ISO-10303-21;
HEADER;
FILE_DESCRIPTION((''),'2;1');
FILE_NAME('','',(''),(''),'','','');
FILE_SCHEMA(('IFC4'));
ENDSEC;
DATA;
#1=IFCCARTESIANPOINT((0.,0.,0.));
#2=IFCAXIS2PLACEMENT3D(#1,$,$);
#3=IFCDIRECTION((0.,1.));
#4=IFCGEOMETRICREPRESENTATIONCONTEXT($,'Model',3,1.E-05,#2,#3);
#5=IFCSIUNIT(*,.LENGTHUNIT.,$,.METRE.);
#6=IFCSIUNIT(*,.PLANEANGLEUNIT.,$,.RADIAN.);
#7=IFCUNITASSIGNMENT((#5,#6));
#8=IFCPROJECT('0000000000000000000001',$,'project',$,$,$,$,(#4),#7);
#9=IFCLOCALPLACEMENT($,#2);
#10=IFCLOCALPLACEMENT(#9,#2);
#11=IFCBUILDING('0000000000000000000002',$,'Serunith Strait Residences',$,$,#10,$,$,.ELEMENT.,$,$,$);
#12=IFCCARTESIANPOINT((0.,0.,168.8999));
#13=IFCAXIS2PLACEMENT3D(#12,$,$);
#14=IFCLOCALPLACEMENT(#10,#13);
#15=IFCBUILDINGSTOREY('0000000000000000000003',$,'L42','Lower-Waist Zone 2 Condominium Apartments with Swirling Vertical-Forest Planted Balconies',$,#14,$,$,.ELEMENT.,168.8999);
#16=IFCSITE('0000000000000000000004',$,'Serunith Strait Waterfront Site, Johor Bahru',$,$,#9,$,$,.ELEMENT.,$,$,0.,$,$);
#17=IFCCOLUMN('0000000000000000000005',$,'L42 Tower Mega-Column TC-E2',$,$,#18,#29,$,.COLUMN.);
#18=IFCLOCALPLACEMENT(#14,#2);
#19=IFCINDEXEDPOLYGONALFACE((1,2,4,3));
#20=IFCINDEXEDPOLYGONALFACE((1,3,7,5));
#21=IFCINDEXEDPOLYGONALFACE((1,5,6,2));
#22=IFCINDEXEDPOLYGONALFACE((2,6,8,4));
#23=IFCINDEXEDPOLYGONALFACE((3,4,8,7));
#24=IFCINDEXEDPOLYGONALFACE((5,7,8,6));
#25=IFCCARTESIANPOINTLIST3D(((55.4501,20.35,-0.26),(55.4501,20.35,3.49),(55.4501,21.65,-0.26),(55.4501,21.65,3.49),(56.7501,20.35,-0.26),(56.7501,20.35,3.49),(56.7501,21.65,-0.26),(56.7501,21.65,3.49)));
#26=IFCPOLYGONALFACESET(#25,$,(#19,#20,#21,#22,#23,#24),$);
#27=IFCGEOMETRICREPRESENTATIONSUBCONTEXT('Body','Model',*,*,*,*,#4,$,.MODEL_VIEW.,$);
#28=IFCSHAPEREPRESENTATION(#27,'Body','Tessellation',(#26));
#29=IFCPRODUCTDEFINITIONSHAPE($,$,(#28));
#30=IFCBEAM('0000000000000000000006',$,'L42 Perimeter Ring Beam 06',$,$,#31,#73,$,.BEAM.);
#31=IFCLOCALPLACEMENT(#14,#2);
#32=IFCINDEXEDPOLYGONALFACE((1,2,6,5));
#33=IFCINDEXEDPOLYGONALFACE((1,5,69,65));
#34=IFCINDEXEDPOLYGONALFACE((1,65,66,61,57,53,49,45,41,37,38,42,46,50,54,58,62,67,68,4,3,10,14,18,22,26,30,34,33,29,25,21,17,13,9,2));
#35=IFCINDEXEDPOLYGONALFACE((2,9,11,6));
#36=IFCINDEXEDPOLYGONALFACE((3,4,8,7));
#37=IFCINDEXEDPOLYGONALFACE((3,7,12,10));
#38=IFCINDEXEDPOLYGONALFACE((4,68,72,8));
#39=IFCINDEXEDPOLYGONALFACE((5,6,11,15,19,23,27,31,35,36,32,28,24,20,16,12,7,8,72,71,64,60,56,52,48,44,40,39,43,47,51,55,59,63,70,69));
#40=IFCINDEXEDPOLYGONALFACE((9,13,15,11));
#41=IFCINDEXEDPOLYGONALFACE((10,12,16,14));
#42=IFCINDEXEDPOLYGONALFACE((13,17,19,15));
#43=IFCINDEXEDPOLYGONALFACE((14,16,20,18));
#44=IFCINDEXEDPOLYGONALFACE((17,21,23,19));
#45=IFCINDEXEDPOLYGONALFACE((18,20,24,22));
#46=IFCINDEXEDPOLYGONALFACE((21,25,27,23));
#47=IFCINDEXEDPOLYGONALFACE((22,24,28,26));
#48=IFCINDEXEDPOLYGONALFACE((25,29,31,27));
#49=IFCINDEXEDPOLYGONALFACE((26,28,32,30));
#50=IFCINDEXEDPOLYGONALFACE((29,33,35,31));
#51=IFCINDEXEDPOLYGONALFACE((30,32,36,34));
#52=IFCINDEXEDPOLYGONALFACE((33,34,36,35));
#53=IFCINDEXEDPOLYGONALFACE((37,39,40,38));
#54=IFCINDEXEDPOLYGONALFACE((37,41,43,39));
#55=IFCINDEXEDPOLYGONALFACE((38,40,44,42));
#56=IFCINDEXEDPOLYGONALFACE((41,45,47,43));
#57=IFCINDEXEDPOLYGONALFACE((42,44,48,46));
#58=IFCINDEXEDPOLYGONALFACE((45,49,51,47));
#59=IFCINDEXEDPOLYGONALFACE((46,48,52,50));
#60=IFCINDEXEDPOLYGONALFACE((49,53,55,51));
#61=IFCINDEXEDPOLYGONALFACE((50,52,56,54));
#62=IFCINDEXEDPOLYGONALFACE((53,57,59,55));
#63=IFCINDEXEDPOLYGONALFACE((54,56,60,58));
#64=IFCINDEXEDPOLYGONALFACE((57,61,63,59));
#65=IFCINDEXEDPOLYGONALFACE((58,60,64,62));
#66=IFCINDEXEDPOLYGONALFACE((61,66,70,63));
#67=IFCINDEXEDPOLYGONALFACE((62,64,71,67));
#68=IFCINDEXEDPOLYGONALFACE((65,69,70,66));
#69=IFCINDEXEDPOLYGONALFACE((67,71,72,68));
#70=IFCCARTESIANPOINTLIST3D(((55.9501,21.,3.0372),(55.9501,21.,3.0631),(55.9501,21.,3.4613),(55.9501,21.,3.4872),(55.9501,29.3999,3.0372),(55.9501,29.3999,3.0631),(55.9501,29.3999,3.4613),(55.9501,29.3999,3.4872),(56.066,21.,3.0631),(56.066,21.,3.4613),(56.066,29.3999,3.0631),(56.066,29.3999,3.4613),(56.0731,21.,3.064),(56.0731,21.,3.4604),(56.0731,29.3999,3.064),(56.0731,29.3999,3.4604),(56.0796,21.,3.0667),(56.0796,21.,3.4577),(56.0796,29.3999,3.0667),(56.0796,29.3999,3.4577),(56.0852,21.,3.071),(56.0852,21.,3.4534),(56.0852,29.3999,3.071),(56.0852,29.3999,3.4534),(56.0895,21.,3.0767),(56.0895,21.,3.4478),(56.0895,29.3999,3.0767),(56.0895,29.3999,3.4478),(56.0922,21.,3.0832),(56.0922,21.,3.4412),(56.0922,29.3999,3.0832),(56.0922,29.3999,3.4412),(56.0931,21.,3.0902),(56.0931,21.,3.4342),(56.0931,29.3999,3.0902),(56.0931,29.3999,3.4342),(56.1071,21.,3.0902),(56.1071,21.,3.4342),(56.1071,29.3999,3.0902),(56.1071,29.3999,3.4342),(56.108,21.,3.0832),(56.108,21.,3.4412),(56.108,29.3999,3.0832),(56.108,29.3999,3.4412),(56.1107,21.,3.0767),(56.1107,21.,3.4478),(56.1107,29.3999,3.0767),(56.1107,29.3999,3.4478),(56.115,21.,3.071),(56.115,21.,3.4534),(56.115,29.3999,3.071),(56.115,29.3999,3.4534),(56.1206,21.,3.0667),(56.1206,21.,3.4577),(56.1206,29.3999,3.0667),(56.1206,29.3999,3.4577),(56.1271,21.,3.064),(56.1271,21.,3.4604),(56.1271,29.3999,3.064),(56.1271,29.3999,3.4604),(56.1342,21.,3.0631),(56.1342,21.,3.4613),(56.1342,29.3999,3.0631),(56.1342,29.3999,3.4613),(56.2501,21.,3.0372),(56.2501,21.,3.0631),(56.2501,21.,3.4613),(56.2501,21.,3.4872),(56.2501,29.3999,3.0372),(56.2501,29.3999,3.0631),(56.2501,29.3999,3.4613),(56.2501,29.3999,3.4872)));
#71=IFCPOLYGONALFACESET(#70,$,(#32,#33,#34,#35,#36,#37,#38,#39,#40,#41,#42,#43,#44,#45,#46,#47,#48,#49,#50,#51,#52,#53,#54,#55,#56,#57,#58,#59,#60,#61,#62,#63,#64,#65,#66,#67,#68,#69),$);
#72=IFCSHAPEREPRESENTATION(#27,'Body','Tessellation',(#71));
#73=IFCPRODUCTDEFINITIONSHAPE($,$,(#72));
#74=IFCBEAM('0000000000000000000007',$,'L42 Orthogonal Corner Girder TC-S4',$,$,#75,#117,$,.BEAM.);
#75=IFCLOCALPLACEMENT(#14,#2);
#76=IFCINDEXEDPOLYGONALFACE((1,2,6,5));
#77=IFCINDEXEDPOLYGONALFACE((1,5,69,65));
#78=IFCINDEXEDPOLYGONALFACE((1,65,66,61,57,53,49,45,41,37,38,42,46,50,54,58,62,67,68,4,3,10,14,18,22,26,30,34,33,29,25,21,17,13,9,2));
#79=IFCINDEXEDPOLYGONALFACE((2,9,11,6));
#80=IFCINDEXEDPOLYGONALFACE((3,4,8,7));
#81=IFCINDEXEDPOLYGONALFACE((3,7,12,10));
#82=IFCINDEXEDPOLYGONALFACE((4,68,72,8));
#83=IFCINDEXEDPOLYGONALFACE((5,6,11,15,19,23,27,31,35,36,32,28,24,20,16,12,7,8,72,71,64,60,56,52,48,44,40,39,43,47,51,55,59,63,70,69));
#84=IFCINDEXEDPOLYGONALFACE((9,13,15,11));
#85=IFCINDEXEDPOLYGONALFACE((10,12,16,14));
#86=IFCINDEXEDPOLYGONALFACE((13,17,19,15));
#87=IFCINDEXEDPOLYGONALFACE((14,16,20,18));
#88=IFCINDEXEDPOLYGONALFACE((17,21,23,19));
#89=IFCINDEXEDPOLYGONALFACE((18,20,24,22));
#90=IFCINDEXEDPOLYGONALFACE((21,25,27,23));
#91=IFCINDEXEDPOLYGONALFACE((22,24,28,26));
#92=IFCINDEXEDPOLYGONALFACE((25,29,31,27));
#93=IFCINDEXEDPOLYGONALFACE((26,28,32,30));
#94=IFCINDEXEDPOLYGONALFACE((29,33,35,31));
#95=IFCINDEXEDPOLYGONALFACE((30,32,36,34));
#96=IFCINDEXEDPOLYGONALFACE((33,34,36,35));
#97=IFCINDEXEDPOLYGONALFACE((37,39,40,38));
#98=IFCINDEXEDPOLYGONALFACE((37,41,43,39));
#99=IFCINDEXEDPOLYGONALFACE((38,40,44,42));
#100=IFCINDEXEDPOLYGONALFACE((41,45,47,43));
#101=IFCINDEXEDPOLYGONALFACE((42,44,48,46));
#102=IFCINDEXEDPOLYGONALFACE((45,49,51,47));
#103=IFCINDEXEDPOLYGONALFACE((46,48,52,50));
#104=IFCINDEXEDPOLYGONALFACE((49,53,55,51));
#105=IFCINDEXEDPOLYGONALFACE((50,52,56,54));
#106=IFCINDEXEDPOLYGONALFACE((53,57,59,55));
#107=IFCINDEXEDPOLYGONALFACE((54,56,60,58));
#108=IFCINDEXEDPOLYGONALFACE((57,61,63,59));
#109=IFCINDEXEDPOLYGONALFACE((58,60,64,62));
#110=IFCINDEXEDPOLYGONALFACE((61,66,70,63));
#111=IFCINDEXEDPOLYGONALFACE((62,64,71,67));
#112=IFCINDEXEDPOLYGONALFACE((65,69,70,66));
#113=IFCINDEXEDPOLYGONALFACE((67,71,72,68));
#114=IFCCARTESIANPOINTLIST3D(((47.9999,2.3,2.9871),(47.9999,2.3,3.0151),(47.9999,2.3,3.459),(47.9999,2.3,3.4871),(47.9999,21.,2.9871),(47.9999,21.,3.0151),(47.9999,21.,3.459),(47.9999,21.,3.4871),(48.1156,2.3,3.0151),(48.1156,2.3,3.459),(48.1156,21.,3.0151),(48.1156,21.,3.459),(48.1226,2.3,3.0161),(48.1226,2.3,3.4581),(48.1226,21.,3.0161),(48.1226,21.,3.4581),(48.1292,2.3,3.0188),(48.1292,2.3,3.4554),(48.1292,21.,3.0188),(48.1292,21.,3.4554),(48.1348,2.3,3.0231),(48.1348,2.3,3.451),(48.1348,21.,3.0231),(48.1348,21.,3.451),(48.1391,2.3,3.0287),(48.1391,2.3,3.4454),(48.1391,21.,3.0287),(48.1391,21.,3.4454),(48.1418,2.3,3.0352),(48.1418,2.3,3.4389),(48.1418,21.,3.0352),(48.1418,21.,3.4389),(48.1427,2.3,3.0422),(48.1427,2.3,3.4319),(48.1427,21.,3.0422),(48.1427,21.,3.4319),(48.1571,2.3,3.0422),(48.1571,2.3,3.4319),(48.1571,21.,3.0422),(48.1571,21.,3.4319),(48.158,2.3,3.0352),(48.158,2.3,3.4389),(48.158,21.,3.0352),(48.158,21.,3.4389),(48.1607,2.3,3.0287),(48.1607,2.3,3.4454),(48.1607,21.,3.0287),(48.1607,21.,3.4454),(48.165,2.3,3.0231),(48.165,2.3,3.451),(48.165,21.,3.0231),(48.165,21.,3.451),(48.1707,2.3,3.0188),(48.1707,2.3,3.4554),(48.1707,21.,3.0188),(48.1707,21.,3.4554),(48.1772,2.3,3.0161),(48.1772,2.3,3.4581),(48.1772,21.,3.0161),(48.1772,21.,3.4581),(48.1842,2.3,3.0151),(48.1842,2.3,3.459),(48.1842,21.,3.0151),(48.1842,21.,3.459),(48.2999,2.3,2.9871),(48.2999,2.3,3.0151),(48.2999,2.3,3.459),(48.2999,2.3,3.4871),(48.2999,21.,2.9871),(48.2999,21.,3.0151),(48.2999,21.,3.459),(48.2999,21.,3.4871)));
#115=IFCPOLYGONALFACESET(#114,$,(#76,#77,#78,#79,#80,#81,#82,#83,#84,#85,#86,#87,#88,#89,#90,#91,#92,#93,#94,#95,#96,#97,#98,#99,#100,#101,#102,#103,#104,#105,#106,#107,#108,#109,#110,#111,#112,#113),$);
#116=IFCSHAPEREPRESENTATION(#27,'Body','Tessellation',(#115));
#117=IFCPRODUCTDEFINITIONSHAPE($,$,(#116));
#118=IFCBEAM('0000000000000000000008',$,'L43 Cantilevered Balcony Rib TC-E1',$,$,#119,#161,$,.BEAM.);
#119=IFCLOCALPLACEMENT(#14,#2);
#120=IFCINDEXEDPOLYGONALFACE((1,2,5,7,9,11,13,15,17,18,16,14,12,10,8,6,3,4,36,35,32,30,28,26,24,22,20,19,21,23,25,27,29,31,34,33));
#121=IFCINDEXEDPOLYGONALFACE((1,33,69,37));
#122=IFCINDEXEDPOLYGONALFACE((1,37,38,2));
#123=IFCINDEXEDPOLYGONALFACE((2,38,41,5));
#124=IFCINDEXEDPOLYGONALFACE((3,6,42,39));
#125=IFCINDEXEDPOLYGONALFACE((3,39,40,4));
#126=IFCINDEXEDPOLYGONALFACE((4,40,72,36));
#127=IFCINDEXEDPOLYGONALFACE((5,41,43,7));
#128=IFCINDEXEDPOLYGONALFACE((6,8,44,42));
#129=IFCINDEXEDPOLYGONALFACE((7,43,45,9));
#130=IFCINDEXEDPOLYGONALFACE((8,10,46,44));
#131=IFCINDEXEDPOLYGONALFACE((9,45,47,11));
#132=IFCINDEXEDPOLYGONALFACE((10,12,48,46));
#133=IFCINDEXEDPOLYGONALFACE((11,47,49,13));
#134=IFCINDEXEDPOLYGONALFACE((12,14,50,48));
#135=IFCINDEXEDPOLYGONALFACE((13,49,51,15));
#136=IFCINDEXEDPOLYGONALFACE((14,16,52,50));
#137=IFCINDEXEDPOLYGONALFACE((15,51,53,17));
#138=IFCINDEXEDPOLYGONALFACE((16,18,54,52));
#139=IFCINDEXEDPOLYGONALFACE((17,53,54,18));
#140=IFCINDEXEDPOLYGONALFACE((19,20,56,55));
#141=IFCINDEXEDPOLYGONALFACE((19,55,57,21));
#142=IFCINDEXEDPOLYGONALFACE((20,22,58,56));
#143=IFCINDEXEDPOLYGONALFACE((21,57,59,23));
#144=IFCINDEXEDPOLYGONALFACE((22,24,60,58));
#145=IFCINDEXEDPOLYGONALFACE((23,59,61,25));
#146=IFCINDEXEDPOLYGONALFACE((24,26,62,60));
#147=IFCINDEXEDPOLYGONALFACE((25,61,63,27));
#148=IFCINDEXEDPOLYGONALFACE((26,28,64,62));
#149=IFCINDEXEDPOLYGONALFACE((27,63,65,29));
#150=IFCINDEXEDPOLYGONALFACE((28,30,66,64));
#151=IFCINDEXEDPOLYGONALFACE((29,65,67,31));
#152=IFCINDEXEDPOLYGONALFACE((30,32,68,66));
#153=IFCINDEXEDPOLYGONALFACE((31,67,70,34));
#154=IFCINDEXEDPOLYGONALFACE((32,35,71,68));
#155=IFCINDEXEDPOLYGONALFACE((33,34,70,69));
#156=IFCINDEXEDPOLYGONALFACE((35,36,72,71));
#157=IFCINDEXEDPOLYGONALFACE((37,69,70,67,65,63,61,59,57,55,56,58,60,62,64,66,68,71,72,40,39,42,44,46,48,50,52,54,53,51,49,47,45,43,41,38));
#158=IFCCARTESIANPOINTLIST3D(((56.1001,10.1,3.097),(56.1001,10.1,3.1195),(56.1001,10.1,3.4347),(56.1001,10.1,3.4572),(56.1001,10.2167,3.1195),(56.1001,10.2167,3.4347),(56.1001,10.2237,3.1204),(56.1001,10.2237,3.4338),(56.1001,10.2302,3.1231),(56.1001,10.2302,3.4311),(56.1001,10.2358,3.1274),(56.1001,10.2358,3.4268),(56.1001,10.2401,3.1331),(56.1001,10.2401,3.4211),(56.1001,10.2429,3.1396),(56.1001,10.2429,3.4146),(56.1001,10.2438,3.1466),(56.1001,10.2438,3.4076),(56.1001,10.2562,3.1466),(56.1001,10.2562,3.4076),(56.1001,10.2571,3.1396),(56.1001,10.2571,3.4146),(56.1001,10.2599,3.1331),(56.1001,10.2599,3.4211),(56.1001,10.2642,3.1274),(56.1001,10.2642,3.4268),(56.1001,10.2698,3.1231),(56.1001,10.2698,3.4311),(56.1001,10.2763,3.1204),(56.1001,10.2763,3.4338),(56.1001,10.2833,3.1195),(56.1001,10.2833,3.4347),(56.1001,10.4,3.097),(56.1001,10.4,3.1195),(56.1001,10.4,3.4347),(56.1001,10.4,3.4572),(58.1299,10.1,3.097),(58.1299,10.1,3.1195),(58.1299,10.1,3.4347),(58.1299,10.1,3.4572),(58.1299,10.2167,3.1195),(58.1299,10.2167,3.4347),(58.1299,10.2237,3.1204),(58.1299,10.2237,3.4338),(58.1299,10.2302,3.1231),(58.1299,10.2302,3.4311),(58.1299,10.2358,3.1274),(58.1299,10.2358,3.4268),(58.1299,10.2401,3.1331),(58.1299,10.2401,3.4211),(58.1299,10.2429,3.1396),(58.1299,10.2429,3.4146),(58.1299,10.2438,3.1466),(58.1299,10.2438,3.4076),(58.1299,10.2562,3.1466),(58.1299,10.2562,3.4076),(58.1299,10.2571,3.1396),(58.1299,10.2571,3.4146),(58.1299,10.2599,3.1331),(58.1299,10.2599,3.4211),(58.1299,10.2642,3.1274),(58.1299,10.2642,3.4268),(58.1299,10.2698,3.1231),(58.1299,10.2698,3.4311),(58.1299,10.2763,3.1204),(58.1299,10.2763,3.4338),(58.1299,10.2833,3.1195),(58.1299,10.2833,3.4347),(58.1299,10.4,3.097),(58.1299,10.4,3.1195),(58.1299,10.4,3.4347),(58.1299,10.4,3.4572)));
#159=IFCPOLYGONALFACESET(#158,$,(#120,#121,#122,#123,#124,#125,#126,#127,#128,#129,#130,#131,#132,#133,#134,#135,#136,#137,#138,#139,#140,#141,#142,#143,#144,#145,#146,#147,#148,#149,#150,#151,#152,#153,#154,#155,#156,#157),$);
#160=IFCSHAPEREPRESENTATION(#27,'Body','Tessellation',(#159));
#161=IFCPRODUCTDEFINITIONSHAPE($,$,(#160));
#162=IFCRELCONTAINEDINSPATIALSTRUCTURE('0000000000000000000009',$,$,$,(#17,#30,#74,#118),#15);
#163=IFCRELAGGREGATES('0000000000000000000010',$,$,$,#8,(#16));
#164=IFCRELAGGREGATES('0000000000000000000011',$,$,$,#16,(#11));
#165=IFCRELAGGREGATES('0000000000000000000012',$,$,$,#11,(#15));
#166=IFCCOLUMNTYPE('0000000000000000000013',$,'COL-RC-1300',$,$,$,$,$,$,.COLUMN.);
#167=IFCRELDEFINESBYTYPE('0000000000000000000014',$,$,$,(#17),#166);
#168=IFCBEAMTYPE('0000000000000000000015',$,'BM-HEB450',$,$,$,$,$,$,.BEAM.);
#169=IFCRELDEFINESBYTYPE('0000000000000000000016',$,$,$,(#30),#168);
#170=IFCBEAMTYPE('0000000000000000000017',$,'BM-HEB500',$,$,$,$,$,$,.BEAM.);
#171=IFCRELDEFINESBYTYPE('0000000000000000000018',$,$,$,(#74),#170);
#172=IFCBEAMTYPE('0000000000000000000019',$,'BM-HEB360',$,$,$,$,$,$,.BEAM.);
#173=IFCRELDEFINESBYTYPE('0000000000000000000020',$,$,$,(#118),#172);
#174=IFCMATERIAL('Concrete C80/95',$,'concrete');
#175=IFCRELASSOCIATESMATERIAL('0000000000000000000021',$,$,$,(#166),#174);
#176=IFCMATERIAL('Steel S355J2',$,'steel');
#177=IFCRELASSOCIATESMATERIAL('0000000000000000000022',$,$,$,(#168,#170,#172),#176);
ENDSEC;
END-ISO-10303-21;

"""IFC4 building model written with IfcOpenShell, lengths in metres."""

from ifc_helpers import new_model, si_unit, direction, frame, origin, origin_2d, place, context, subcontext, project, spatial, rectangle, i_section, extrude, source, transform, mapped, material, material_profile, profile_set, type_object, element, save


model = new_model("IFC4")

# Units and contexts
model_context = context("Model", 3, precision=1e-05, world=origin(), true_north=direction((0.0, 1.0)))
body_context = subcontext(model_context, "Body", "Model", "MODEL_VIEW")
ifc_project = project(units=[si_unit("LENGTHUNIT", "METRE"), si_unit("PLANEANGLEUNIT", "RADIAN")], contexts=[model_context])

# Site, building, storey
site_placement = place(None, origin())
site = spatial("IfcSite", under=ifc_project, at=site_placement, Name="Serunith Strait Waterfront Site, Johor Bahru", CompositionType="ELEMENT", RefElevation=0.0)
building_placement = place(site_placement, origin())
building = spatial("IfcBuilding", under=site, at=building_placement, Name="Serunith Strait Residences", CompositionType="ELEMENT")
storey_placement = place(building_placement, frame((0.0, 0.0, 168.8999)))
storey = spatial("IfcBuildingStorey", under=building, at=storey_placement, Name="L42", Description="Lower-Waist Zone 2 Condominium Apartments with Swirling Vertical-Forest Planted Balconies", CompositionType="ELEMENT", Elevation=168.8999)

# Column
ifc_material_1 = material(Name="Concrete C80/95", Category="concrete")
ifc_material_profile_1 = material_profile(ifc_material_1, rectangle(XDim=1.3, YDim=1.3, at=origin_2d()), Name="RC 1300x1300")
ifc_profile_set_1 = profile_set([ifc_material_profile_1], Name="Concrete C80/95")
column_type = type_object("IfcColumnType", Name="COL-RC-1300", PredefinedType="COLUMN", material=ifc_profile_set_1)
shared_shape_1 = source(origin(), body_context, "Body", "SweptSolid", [
    extrude(rectangle(XDim=1.3, YDim=1.3, at=origin_2d()), origin(), (0.0, 0.0, 1.0), 3.75),
])
column_placement = place(storey_placement, frame((56.1001, 21.0, -0.26), z_axis=(0.0, 0.0, 1.0), x_axis=(1.0, 0.0, 0.0)))
element("IfcColumn", 1, at=column_placement, inside=storey, type_object=column_type, Name="L42 Tower Mega-Column TC-E2", PredefinedType="COLUMN", context=body_context, shape_type="MappedRepresentation", body=[
    mapped(shared_shape_1, transform((0.0, 0.0, 0.0), scale=1.0)),
])

# Beams
ifc_material_2 = material(Name="Steel S355J2", Category="steel")
ifc_material_profile_2 = material_profile(ifc_material_2, i_section(OverallWidth=0.3, OverallDepth=0.45, WebThickness=0.0139, FlangeThickness=0.0259, FilletRadius=0.0271, at=origin_2d()), Name="HEB 450")
ifc_profile_set_2 = profile_set([ifc_material_profile_2], Name="Steel S355J2")
beam_type_1 = type_object("IfcBeamType", Name="BM-HEB450", PredefinedType="BEAM", material=ifc_profile_set_2)
shared_shape_2 = source(origin(), body_context, "Body", "SweptSolid", [
    extrude(i_section(OverallWidth=0.3, OverallDepth=0.45, WebThickness=0.0139, FlangeThickness=0.0259, FilletRadius=0.0271, at=origin_2d()), origin(), (0.0, 0.0, 1.0), 8.3999),
])
beam_1_placement = place(storey_placement, frame((56.1001, 21.0, 3.2622), z_axis=(0.0, 1.0, 0.0), x_axis=(-1.0, 0.0, 0.0)))
element("IfcBeam", 2, at=beam_1_placement, inside=storey, type_object=beam_type_1, Name="L42 Perimeter Ring Beam 06", PredefinedType="BEAM", context=body_context, shape_type="MappedRepresentation", body=[
    mapped(shared_shape_2, transform((0.0, 0.0, 0.0), scale=1.0)),
])
ifc_material_profile_3 = material_profile(ifc_material_2, i_section(OverallWidth=0.3, OverallDepth=0.5, WebThickness=0.0144, FlangeThickness=0.0281, FilletRadius=0.0271, at=origin_2d()), Name="HEB 500")
ifc_profile_set_3 = profile_set([ifc_material_profile_3], Name="Steel S355J2")
beam_type_2 = type_object("IfcBeamType", Name="BM-HEB500", PredefinedType="BEAM", material=ifc_profile_set_3)
shared_shape_3 = source(origin(), body_context, "Body", "SweptSolid", [
    extrude(i_section(OverallWidth=0.3, OverallDepth=0.5, WebThickness=0.0144, FlangeThickness=0.0281, FilletRadius=0.0271, at=origin_2d()), origin(), (0.0, 0.0, 1.0), 18.7),
])
beam_2_placement = place(storey_placement, frame((48.1499, 21.0, 3.2371), z_axis=(0.0, -1.0, 0.0), x_axis=(1.0, 0.0, 0.0)))
element("IfcBeam", 3, at=beam_2_placement, inside=storey, type_object=beam_type_2, Name="L42 Orthogonal Corner Girder TC-S4", PredefinedType="BEAM", context=body_context, shape_type="MappedRepresentation", body=[
    mapped(shared_shape_3, transform((0.0, 0.0, 0.0), scale=1.0)),
])
ifc_material_profile_4 = material_profile(ifc_material_2, i_section(OverallWidth=0.3, OverallDepth=0.3601, WebThickness=0.0125, FlangeThickness=0.0225, FilletRadius=0.0271, at=origin_2d()), Name="HEB 360")
ifc_profile_set_4 = profile_set([ifc_material_profile_4], Name="Steel S355J2")
beam_type_3 = type_object("IfcBeamType", Name="BM-HEB360", PredefinedType="BEAM", material=ifc_profile_set_4)
shared_shape_4 = source(origin(), body_context, "Body", "SweptSolid", [
    extrude(i_section(OverallWidth=0.3, OverallDepth=0.3601, WebThickness=0.0125, FlangeThickness=0.0225, FilletRadius=0.0271, at=origin_2d()), origin(), (0.0, 0.0, 1.0), 2.0298),
])
for number, where, z_axis, x_axis, name in (
    (4, (56.1001, 10.25, 3.2771), (1.0, 0.0, 0.0), (0.0, 1.0, 0.0), "L43 Cantilevered Balcony Rib TC-E1"),
):
    element("IfcBeam", number, at=place(storey_placement, frame(where, z_axis=z_axis, x_axis=x_axis)), inside=storey, type_object=beam_type_3, Name=name, PredefinedType="BEAM", context=body_context, shape_type="MappedRepresentation", body=[
        mapped(shared_shape_4, transform((0.0, 0.0, 0.0), scale=1.0)),
    ])

save(model, "model.ifc")
